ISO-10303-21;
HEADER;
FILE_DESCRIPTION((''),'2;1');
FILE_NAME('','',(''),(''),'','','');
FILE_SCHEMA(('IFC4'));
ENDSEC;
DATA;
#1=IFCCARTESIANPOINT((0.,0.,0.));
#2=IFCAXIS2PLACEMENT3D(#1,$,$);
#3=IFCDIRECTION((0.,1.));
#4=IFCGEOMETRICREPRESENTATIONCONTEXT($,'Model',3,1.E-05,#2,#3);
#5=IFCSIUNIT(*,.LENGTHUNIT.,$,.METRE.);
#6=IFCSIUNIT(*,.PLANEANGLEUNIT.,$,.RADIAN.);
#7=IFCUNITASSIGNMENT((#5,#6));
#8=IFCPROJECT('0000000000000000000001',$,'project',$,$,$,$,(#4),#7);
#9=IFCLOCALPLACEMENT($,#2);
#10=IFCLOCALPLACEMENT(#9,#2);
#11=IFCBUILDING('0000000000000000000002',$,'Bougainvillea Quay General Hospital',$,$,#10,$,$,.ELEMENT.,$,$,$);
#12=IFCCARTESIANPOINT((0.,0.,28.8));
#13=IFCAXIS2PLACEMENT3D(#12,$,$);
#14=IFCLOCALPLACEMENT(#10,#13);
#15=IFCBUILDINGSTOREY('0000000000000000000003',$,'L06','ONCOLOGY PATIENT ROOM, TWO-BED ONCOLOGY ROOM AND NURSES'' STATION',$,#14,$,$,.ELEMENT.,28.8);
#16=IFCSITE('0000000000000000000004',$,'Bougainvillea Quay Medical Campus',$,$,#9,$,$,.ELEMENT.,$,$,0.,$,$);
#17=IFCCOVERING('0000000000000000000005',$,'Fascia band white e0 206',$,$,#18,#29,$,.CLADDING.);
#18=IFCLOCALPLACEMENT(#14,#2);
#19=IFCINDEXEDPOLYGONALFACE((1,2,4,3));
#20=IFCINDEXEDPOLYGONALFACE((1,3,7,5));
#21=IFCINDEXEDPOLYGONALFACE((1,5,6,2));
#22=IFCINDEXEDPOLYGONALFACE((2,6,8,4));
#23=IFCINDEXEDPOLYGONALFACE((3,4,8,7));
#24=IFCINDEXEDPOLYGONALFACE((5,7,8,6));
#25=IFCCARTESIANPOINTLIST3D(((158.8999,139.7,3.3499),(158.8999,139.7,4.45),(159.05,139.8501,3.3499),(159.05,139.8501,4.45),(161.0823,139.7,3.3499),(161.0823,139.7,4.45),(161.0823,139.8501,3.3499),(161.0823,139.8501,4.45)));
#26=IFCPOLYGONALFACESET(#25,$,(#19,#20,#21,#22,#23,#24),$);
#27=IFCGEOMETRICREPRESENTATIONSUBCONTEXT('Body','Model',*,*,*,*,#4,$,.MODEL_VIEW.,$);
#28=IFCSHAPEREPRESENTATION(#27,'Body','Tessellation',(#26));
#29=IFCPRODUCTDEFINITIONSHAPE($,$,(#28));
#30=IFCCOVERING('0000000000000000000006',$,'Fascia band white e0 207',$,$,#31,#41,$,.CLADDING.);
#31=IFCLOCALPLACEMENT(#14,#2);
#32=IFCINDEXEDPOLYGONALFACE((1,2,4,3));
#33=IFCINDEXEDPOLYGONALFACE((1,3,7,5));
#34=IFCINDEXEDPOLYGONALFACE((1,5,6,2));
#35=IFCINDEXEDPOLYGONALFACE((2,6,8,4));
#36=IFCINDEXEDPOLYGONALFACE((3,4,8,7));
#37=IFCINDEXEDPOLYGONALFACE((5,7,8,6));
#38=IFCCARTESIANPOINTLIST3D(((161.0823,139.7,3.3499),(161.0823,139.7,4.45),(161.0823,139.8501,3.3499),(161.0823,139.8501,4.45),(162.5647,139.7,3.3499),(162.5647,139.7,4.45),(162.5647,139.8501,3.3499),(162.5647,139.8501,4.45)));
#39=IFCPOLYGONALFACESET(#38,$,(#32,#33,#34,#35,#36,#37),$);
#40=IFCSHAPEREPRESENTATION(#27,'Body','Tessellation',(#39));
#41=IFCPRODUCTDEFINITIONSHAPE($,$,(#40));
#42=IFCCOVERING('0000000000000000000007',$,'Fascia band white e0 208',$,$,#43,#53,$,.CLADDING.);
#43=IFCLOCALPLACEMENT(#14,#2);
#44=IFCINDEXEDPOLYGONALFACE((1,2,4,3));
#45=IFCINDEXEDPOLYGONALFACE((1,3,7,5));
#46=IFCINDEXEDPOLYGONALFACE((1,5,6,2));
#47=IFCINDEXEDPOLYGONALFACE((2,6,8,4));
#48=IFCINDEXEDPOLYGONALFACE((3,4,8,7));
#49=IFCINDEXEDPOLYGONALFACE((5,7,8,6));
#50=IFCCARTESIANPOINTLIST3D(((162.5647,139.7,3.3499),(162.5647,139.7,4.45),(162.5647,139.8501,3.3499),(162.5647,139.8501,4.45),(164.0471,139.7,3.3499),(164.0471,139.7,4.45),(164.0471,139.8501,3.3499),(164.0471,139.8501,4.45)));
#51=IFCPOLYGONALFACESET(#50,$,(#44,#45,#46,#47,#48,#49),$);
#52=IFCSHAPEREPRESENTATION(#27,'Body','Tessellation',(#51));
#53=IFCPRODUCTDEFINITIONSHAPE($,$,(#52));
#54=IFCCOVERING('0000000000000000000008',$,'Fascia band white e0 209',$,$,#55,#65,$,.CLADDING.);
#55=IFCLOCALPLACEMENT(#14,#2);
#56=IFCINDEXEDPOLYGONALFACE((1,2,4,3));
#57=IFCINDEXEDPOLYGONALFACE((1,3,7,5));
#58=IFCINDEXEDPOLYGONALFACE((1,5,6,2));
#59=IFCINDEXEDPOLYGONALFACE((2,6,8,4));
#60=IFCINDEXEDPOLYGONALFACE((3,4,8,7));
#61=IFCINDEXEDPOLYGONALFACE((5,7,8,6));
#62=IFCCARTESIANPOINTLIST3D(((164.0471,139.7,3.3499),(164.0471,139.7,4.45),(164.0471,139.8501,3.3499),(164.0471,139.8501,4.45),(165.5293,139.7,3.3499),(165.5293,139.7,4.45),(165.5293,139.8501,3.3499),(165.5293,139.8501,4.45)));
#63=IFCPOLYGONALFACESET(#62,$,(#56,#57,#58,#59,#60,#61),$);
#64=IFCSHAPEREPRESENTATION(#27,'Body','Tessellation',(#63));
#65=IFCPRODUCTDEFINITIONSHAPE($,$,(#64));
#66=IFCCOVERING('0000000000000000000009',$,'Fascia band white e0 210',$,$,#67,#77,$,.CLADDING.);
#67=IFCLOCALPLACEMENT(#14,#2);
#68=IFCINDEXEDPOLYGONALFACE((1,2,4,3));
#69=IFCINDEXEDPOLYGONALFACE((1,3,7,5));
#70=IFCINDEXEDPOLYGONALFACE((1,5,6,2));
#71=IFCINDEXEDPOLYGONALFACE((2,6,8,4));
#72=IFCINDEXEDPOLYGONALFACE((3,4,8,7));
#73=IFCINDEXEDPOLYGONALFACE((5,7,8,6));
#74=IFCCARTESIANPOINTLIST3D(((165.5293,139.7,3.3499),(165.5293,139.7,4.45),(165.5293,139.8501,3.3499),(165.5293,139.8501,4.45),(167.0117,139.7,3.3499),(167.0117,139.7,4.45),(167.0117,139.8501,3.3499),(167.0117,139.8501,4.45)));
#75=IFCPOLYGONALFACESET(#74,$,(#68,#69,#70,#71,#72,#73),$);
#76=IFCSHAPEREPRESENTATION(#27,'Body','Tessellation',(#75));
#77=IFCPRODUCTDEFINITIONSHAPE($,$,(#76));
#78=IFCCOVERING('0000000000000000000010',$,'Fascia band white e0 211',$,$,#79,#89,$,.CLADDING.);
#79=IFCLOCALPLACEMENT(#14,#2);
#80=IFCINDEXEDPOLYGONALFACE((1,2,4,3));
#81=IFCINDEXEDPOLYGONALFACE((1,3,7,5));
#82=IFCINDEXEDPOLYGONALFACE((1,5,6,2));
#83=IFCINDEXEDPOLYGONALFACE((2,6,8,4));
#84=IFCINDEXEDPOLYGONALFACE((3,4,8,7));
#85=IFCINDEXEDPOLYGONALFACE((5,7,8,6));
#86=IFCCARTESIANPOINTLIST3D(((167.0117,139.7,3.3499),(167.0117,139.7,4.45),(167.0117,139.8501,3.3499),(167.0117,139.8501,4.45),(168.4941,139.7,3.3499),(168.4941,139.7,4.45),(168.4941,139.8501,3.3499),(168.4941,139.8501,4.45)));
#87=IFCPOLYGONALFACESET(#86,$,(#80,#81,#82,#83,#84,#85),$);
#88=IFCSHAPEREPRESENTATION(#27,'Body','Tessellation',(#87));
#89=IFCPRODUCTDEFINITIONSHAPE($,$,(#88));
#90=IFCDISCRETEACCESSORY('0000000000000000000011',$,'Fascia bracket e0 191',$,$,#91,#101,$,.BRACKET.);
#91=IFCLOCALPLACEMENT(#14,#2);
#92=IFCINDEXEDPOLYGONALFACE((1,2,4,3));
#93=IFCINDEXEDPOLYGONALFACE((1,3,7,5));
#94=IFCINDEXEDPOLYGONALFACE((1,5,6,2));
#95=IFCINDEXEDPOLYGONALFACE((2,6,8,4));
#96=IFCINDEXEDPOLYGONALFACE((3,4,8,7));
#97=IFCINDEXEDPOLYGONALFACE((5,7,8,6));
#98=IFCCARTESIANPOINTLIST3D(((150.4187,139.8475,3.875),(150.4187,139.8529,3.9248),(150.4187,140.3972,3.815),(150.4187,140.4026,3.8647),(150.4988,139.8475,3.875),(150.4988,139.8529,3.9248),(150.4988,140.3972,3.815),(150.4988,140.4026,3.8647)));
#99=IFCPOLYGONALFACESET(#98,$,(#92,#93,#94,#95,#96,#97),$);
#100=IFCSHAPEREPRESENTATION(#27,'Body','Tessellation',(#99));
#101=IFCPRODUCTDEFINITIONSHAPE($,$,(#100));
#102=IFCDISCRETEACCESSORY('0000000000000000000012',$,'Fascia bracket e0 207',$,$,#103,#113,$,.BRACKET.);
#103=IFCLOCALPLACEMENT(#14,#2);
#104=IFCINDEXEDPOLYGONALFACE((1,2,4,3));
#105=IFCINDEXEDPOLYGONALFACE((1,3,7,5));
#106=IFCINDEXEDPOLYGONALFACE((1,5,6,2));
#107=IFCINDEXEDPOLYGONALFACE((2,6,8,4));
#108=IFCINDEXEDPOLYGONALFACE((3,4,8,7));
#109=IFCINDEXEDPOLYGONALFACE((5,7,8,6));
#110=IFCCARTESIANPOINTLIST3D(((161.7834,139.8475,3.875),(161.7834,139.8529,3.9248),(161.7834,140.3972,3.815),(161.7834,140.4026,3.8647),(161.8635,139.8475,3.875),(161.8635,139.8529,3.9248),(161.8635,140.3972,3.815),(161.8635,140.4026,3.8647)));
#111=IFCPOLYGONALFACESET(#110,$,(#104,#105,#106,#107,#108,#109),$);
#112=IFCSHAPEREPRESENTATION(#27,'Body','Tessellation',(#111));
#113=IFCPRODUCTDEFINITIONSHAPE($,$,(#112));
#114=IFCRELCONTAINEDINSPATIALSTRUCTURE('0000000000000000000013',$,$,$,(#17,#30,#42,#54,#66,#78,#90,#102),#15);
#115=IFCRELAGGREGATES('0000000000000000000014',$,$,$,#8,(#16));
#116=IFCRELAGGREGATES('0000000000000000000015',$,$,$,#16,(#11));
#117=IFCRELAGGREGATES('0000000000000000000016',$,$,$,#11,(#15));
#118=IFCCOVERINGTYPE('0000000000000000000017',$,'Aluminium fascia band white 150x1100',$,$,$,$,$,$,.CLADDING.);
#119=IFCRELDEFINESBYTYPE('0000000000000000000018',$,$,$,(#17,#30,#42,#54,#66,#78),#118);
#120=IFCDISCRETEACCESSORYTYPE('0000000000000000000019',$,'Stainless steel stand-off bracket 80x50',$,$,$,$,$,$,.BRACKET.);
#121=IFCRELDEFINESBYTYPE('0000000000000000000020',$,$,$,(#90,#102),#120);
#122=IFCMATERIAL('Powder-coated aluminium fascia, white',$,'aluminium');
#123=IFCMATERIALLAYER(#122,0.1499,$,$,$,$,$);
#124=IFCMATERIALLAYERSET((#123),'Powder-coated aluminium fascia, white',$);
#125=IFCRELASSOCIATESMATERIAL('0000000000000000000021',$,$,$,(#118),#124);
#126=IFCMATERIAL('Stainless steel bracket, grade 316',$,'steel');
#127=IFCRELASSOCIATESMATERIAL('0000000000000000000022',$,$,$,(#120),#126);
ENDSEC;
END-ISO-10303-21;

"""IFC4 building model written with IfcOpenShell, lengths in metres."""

from ifc_helpers import new_model, si_unit, direction, frame, origin, origin_2d, place, context, subcontext, project, spatial, polyline, rectangle, outline, extrude, material, layer, layer_set, material_profile, profile_set, type_object, element, save


model = new_model("IFC4")

# Units and contexts
model_context = context("Model", 3, precision=1e-05, world=origin(), true_north=direction((0.0, 1.0)))
body_context = subcontext(model_context, "Body", "Model", "MODEL_VIEW")
ifc_project = project(units=[si_unit("LENGTHUNIT", "METRE"), si_unit("PLANEANGLEUNIT", "RADIAN")], contexts=[model_context])

# Site, building, storey
site_placement = place(None, origin())
site = spatial("IfcSite", under=ifc_project, at=site_placement, Name="Bougainvillea Quay Medical Campus", CompositionType="ELEMENT", RefElevation=0.0)
building_placement = place(site_placement, origin())
building = spatial("IfcBuilding", under=site, at=building_placement, Name="Bougainvillea Quay General Hospital", CompositionType="ELEMENT")
storey_placement = place(building_placement, frame((0.0, 0.0, 28.8)))
storey = spatial("IfcBuildingStorey", under=building, at=storey_placement, Name="L06", Description="ONCOLOGY PATIENT ROOM, TWO-BED ONCOLOGY ROOM AND NURSES' STATION", CompositionType="ELEMENT", Elevation=28.8)

# Coverings
ifc_material_1 = material(Name="Powder-coated aluminium fascia, white", Category="aluminium")
ifc_layer_1 = layer(ifc_material_1, 0.1499)
ifc_layer_set_1 = layer_set([ifc_layer_1], Name="Powder-coated aluminium fascia, white")
covering_type = type_object("IfcCoveringType", Name="Aluminium fascia band white 150x1100", PredefinedType="CLADDING", material=ifc_layer_set_1)
covering_1_placement = place(storey_placement, frame((159.05, 139.8501, 3.3499), z_axis=(0.0, 0.0, 1.0), x_axis=(1.0, 0.0, 0.0)))
element("IfcCovering", 1, at=covering_1_placement, inside=storey, type_object=covering_type, Name="Fascia band white e0 206", PredefinedType="CLADDING", context=body_context, shape_type="SweptSolid", body=[
    extrude(outline(polyline([(0.0, 0.0), (2.0322, 0.0), (2.0322, -0.1501), (-0.1501, -0.1501), (0.0, 0.0)])), origin(), (0.0, 0.0, 1.0), 1.1001),
])
for number, where, z_axis, x_axis, name in (
    (2, (161.0823, 139.8501, 3.3499), (0.0, 0.0, 1.0), (1.0, 0.0, 0.0), "Fascia band white e0 207"),
    (3, (162.5647, 139.8501, 3.3499), (0.0, 0.0, 1.0), (1.0, 0.0, 0.0), "Fascia band white e0 208"),
):
    element("IfcCovering", number, at=place(storey_placement, frame(where, z_axis=z_axis, x_axis=x_axis)), inside=storey, type_object=covering_type, Name=name, PredefinedType="CLADDING", context=body_context, shape_type="SweptSolid", body=[
        extrude(outline(polyline([(0.0, 0.0), (1.4824, 0.0), (1.4824, -0.1501), (0.0, -0.1501), (0.0, 0.0)])), origin(), (0.0, 0.0, 1.0), 1.1001),
    ])
covering_2_placement = place(storey_placement, frame((164.0471, 139.8501, 3.3499), z_axis=(0.0, 0.0, 1.0), x_axis=(1.0, 0.0, 0.0)))
element("IfcCovering", 4, at=covering_2_placement, inside=storey, type_object=covering_type, Name="Fascia band white e0 209", PredefinedType="CLADDING", context=body_context, shape_type="SweptSolid", body=[
    extrude(outline(polyline([(0.0, 0.0), (1.4822, 0.0), (1.4822, -0.1501), (0.0, -0.1501), (0.0, 0.0)])), origin(), (0.0, 0.0, 1.0), 1.1001),
])
for number, where, z_axis, x_axis, name in (
    (5, (165.5293, 139.8501, 3.3499), (0.0, 0.0, 1.0), (1.0, 0.0, 0.0), "Fascia band white e0 210"),
    (6, (167.0117, 139.8501, 3.3499), (0.0, 0.0, 1.0), (1.0, 0.0, 0.0), "Fascia band white e0 211"),
):
    element("IfcCovering", number, at=place(storey_placement, frame(where, z_axis=z_axis, x_axis=x_axis)), inside=storey, type_object=covering_type, Name=name, PredefinedType="CLADDING", context=body_context, shape_type="SweptSolid", body=[
        extrude(outline(polyline([(0.0, 0.0), (1.4824, 0.0), (1.4824, -0.1501), (0.0, -0.1501), (0.0, 0.0)])), origin(), (0.0, 0.0, 1.0), 1.1001),
    ])

# Discrete accessories
ifc_material_2 = material(Name="Stainless steel bracket, grade 316", Category="steel")
ifc_material_profile_1 = material_profile(ifc_material_2, rectangle(XDim=0.0801, YDim=0.05, at=origin_2d()))
ifc_profile_set_1 = profile_set([ifc_material_profile_1], Name="Stainless steel bracket, grade 316")
discrete_accessory_type = type_object("IfcDiscreteAccessoryType", Name="Stainless steel stand-off bracket 80x50", PredefinedType="BRACKET", material=ifc_profile_set_1)
for number, where, z_axis, x_axis, name in (
    (7, (150.4587, 140.3999, 3.8398), (0.0, -0.994087, 0.10859), (1.0, 0.0, 0.0), "Fascia bracket e0 191"),
    (8, (161.8235, 140.3999, 3.8398), (0.0, -0.994087, 0.10859), (1.0, 0.0, 0.0), "Fascia bracket e0 207"),
):
    element("IfcDiscreteAccessory", number, at=place(storey_placement, frame(where, z_axis=z_axis, x_axis=x_axis)), inside=storey, type_object=discrete_accessory_type, Name=name, PredefinedType="BRACKET", context=body_context, shape_type="SweptSolid", body=[
        extrude(rectangle(XDim=0.0801, YDim=0.05, at=origin_2d()), origin(), (0.0, 0.0, 1.0), 0.553),
    ])

save(model, "model.ifc")
